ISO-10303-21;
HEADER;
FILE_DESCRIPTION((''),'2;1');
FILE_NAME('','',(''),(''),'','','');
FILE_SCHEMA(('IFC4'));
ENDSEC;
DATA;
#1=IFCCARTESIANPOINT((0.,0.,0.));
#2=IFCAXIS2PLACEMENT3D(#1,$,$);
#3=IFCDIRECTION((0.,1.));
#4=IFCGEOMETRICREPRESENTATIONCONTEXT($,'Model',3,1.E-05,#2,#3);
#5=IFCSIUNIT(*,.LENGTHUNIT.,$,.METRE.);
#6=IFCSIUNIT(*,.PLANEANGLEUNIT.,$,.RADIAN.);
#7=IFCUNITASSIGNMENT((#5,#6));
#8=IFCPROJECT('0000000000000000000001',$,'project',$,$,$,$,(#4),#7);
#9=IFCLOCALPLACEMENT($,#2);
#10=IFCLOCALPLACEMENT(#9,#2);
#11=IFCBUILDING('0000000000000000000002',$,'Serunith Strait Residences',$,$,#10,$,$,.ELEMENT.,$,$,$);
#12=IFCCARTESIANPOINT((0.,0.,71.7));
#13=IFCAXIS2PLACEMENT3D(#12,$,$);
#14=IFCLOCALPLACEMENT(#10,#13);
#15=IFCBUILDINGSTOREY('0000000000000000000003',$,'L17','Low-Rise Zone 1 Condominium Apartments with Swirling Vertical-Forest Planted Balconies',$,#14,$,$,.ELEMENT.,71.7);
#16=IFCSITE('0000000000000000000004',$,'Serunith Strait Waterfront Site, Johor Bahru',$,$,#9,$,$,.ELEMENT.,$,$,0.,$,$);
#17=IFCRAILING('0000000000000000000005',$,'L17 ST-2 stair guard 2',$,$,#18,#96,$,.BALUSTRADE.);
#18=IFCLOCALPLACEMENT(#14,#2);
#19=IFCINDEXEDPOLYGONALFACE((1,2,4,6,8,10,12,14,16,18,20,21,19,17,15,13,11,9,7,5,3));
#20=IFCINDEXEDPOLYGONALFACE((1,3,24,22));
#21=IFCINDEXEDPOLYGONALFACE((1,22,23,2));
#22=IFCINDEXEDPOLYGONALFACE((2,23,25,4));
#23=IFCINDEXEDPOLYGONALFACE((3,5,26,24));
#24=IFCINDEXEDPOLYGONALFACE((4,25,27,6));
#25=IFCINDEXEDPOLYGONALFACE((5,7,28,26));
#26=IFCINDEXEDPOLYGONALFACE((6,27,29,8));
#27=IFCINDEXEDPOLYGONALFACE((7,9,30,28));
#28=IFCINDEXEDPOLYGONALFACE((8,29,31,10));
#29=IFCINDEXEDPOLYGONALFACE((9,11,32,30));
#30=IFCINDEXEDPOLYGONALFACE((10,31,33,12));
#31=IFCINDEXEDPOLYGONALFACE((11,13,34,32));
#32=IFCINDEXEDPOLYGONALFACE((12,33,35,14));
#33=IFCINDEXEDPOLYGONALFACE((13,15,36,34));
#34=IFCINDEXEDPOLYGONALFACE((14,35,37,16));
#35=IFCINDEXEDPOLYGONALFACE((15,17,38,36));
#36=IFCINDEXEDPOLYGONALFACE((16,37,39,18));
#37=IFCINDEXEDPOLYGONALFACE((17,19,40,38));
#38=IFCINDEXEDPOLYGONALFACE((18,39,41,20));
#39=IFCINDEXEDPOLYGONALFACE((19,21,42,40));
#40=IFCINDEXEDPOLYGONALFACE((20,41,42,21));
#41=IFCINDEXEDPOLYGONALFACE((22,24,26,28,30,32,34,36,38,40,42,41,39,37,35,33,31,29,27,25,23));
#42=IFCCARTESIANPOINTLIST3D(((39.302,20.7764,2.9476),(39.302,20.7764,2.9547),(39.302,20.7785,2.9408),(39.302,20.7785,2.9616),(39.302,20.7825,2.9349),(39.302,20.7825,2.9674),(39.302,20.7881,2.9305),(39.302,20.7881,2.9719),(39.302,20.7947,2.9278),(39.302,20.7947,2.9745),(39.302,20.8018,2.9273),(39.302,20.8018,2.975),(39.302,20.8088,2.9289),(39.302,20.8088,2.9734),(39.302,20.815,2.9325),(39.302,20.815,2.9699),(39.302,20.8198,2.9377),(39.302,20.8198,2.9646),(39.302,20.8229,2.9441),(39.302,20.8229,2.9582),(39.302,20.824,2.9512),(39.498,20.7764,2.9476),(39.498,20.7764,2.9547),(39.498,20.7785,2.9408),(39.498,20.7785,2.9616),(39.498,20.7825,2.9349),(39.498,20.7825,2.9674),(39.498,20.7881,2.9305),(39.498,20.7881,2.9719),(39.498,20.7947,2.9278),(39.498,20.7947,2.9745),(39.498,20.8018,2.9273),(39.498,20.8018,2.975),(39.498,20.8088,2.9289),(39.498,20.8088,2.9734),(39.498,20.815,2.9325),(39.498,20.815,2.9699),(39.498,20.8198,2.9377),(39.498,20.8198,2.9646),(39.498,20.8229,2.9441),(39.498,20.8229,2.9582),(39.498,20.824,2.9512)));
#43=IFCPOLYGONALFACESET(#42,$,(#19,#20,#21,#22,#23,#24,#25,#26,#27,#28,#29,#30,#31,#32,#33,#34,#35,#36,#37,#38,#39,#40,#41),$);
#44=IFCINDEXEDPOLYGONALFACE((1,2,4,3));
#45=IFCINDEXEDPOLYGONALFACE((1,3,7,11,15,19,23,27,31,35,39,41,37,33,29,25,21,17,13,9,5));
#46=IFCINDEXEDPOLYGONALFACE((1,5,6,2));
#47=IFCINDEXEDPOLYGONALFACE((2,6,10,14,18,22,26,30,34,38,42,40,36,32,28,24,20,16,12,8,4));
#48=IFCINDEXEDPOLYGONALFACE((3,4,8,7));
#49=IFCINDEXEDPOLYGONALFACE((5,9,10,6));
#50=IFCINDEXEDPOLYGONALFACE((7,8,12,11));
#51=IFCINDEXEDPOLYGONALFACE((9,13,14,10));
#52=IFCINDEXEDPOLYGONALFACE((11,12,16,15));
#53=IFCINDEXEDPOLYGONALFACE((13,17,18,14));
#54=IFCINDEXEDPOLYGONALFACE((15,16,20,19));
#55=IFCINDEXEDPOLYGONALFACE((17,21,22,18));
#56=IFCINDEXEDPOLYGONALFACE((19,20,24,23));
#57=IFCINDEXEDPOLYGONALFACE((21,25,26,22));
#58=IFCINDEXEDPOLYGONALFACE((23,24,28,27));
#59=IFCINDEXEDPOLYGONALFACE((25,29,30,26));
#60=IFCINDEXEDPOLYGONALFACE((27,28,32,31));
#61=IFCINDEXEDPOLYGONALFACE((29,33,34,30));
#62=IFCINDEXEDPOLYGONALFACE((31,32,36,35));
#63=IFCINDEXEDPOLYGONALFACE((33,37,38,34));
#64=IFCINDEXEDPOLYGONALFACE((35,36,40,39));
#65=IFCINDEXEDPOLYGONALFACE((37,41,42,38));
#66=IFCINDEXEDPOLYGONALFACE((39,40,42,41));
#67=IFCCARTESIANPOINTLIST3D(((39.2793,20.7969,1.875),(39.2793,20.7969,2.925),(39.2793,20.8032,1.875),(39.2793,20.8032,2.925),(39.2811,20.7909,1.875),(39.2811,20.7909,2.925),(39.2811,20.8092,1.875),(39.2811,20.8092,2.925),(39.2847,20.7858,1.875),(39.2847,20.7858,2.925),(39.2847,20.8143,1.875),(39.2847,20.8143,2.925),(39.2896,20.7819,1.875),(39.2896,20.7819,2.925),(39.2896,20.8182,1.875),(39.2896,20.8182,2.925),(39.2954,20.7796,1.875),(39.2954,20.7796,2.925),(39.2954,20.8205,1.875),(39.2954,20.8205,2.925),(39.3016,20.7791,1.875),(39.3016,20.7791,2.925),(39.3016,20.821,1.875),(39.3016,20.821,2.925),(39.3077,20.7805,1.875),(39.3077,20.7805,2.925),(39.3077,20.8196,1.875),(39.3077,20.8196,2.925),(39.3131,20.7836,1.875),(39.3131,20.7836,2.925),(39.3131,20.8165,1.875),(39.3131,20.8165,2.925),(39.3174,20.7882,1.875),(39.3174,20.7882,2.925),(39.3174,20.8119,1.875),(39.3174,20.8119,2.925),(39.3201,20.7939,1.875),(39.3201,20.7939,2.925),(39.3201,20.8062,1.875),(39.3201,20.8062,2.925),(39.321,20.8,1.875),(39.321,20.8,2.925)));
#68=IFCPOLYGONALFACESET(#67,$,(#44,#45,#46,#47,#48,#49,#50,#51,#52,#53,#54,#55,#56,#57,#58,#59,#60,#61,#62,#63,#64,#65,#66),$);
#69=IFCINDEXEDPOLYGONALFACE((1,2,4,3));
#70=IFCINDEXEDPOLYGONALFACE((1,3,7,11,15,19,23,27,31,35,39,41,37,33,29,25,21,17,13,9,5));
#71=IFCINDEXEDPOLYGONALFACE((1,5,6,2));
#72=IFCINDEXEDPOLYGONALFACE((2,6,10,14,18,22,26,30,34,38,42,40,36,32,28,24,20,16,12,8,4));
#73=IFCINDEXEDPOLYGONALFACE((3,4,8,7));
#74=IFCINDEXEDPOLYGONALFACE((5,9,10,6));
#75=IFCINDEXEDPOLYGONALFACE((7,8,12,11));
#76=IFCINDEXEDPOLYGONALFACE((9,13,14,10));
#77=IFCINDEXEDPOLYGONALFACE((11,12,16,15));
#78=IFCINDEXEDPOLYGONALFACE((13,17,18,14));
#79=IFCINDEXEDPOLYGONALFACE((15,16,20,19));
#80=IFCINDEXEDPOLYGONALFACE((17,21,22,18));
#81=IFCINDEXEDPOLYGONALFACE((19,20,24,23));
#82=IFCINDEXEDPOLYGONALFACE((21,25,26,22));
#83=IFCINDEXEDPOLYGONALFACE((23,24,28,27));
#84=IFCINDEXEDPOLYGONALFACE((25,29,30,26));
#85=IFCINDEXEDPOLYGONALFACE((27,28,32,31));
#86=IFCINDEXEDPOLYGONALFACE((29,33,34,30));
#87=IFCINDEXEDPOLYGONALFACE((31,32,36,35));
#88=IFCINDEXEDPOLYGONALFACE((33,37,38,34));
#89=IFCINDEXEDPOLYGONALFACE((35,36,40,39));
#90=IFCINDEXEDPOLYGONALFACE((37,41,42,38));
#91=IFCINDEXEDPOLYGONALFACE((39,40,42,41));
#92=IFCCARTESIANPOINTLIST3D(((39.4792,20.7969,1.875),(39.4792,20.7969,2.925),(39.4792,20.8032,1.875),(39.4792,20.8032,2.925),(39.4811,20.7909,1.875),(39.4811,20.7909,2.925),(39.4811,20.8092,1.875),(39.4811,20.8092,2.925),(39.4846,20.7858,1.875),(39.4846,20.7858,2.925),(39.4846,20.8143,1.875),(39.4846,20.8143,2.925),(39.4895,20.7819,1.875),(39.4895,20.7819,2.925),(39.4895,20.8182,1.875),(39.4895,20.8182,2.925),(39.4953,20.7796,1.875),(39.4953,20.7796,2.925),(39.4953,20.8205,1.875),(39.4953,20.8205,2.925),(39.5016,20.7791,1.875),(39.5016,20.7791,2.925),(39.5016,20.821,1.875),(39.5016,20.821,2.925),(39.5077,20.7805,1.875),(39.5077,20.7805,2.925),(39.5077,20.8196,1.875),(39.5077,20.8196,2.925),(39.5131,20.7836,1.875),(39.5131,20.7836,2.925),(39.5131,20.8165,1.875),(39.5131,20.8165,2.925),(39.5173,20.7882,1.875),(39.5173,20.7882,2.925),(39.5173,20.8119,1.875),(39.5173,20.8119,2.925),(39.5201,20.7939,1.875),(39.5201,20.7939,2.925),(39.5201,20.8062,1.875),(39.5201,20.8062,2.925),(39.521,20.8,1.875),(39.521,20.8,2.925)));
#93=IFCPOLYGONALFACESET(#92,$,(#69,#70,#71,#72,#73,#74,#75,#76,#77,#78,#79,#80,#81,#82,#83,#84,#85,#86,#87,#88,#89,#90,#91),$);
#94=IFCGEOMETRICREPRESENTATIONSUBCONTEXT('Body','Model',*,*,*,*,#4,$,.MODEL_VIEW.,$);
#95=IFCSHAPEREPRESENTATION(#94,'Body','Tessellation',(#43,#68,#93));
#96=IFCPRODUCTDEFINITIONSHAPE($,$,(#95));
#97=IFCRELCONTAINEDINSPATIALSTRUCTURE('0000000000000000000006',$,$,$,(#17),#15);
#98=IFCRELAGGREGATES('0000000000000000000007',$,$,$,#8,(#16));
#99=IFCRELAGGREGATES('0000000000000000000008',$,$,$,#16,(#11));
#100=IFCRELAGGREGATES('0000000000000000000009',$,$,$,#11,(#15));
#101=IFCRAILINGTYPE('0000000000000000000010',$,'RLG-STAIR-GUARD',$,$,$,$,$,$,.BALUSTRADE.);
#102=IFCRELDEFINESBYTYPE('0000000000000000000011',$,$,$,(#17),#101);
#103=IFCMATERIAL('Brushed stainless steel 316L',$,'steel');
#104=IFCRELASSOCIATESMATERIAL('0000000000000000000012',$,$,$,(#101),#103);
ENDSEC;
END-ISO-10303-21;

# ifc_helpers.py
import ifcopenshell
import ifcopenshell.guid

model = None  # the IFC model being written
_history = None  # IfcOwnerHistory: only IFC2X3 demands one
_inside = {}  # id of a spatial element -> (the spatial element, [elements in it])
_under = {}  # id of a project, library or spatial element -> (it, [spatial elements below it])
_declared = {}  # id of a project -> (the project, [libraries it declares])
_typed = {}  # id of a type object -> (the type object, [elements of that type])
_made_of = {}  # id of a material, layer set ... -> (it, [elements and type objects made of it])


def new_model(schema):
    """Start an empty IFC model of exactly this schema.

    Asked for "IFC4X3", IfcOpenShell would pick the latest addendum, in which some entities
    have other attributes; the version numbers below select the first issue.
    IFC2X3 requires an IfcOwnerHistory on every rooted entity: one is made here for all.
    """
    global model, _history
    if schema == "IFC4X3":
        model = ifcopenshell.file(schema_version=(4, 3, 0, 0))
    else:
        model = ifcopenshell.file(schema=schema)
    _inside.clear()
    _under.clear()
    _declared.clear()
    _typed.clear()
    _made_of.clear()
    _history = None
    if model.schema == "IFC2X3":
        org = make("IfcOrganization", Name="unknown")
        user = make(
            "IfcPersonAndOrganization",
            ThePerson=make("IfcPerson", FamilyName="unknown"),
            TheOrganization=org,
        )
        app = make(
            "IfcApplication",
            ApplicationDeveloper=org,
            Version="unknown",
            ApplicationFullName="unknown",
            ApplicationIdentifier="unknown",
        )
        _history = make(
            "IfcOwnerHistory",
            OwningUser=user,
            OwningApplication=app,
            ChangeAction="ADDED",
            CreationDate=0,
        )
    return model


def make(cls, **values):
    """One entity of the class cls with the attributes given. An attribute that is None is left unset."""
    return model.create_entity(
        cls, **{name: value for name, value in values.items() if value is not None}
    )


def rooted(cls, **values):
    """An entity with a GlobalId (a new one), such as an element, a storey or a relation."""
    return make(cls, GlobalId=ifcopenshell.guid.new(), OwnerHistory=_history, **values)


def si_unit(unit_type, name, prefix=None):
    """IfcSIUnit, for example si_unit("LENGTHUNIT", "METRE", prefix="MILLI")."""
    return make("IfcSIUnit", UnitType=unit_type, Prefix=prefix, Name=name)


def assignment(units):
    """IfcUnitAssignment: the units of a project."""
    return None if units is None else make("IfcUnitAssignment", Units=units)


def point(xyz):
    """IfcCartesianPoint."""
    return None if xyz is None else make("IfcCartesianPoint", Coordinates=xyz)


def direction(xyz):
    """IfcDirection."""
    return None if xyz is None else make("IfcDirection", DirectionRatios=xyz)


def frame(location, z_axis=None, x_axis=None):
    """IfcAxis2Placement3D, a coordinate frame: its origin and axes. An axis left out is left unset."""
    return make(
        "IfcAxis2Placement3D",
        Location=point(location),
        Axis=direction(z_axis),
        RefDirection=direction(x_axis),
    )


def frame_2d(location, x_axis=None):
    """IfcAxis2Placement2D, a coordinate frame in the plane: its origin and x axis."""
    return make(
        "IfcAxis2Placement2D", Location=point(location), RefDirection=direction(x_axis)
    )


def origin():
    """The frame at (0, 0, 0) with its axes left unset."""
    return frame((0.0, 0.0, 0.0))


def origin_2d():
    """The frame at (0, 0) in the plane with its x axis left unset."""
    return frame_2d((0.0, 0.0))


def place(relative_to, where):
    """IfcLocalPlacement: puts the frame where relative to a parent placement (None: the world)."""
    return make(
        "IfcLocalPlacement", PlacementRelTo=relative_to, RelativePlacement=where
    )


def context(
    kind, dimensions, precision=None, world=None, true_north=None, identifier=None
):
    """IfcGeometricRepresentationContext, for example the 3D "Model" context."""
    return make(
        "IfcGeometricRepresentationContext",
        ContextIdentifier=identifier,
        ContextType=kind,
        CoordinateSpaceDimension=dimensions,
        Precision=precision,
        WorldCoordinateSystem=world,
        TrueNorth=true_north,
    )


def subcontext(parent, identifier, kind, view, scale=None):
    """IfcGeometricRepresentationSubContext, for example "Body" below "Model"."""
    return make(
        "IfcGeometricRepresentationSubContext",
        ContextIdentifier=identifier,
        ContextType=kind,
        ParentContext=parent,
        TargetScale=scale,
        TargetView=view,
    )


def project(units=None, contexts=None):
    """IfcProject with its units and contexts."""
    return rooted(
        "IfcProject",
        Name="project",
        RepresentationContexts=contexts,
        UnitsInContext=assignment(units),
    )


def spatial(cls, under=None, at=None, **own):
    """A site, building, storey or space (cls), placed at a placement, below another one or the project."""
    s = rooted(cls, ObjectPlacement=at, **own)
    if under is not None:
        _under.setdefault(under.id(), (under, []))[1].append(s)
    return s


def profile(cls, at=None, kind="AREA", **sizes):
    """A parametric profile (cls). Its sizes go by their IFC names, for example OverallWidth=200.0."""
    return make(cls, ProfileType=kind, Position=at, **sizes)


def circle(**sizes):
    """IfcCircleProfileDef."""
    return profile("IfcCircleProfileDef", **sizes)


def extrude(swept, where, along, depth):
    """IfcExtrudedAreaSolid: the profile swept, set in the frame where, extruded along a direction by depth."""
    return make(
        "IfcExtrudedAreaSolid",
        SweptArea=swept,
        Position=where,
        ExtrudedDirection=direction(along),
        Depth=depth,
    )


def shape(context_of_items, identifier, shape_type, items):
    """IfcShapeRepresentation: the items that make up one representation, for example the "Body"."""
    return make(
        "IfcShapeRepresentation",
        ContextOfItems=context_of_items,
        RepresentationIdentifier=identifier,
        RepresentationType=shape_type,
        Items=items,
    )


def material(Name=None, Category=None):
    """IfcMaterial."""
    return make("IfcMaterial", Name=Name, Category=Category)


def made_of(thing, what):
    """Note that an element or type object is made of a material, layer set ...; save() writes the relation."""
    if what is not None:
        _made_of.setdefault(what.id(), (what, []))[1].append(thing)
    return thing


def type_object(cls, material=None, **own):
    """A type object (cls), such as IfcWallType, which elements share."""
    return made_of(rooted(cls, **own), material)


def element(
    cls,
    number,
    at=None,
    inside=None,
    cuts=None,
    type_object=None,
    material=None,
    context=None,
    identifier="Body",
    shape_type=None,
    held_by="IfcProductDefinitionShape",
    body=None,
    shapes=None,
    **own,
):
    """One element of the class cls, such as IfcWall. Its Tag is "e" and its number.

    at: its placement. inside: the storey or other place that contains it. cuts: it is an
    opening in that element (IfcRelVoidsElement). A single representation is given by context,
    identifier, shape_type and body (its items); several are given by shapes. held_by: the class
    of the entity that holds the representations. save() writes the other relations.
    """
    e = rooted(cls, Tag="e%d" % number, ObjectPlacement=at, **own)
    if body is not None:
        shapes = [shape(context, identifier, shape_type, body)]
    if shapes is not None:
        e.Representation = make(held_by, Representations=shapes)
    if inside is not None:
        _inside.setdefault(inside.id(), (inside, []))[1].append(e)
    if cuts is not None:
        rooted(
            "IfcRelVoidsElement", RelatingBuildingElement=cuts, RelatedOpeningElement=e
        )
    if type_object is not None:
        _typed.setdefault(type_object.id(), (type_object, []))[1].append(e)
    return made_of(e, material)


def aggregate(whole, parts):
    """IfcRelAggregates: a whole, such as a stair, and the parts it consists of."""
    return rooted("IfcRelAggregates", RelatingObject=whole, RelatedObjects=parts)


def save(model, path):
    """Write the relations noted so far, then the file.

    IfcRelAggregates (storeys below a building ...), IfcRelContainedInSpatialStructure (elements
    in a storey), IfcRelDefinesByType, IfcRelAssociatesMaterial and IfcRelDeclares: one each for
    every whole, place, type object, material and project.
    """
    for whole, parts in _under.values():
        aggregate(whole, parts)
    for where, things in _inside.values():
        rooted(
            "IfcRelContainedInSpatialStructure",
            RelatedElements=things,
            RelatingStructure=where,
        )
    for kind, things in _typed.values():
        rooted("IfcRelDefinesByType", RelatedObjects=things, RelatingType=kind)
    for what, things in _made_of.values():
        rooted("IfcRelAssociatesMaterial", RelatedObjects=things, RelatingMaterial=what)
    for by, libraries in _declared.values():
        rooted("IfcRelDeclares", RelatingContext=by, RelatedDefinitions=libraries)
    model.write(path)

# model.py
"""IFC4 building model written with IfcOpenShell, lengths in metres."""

from ifc_helpers import new_model, si_unit, direction, frame, origin, origin_2d, place, context, subcontext, project, spatial, circle, extrude, material, type_object, element, save


model = new_model("IFC4")

# Units and contexts
model_context = context("Model", 3, precision=1e-05, world=origin(), true_north=direction((0.0, 1.0)))
body_context = subcontext(model_context, "Body", "Model", "MODEL_VIEW")
ifc_project = project(units=[si_unit("LENGTHUNIT", "METRE"), si_unit("PLANEANGLEUNIT", "RADIAN")], contexts=[model_context])

# Site, building, storey
site_placement = place(None, origin())
site = spatial("IfcSite", under=ifc_project, at=site_placement, Name="Serunith Strait Waterfront Site, Johor Bahru", CompositionType="ELEMENT", RefElevation=0.0)
building_placement = place(site_placement, origin())
building = spatial("IfcBuilding", under=site, at=building_placement, Name="Serunith Strait Residences", CompositionType="ELEMENT")
storey_placement = place(building_placement, frame((0.0, 0.0, 71.7)))
storey = spatial("IfcBuildingStorey", under=building, at=storey_placement, Name="L17", Description="Low-Rise Zone 1 Condominium Apartments with Swirling Vertical-Forest Planted Balconies", CompositionType="ELEMENT", Elevation=71.7)

# Railing
ifc_material_1 = material(Name="Brushed stainless steel 316L", Category="steel")
railing_type_1 = type_object("IfcRailingType", Name="RLG-STAIR-GUARD", PredefinedType="BALUSTRADE", material=ifc_material_1)
railing_1_placement = place(storey_placement, frame((39.3, 20.8, 1.875)))
element("IfcRailing", 1, at=railing_1_placement, inside=storey, type_object=railing_type_1, Name="L17 ST-2 stair guard 2", PredefinedType="BALUSTRADE", context=body_context, shape_type="SweptSolid", body=[
    extrude(circle(Radius=0.0239, at=origin_2d()), frame((0.002, 0.0, 1.0762), z_axis=(1.0, 0.0, 0.0), x_axis=(0.0, 1.0, 0.0)), (0.0, 0.0, 1.0), 0.196),
    extrude(circle(Radius=0.021, at=origin_2d()), origin(), (0.0, 0.0, 1.0), 1.05),
    extrude(circle(Radius=0.021, at=origin_2d()), frame((0.2, 0.0, 0.0)), (0.0, 0.0, 1.0), 1.05),
])

save(model, "model.ifc")
